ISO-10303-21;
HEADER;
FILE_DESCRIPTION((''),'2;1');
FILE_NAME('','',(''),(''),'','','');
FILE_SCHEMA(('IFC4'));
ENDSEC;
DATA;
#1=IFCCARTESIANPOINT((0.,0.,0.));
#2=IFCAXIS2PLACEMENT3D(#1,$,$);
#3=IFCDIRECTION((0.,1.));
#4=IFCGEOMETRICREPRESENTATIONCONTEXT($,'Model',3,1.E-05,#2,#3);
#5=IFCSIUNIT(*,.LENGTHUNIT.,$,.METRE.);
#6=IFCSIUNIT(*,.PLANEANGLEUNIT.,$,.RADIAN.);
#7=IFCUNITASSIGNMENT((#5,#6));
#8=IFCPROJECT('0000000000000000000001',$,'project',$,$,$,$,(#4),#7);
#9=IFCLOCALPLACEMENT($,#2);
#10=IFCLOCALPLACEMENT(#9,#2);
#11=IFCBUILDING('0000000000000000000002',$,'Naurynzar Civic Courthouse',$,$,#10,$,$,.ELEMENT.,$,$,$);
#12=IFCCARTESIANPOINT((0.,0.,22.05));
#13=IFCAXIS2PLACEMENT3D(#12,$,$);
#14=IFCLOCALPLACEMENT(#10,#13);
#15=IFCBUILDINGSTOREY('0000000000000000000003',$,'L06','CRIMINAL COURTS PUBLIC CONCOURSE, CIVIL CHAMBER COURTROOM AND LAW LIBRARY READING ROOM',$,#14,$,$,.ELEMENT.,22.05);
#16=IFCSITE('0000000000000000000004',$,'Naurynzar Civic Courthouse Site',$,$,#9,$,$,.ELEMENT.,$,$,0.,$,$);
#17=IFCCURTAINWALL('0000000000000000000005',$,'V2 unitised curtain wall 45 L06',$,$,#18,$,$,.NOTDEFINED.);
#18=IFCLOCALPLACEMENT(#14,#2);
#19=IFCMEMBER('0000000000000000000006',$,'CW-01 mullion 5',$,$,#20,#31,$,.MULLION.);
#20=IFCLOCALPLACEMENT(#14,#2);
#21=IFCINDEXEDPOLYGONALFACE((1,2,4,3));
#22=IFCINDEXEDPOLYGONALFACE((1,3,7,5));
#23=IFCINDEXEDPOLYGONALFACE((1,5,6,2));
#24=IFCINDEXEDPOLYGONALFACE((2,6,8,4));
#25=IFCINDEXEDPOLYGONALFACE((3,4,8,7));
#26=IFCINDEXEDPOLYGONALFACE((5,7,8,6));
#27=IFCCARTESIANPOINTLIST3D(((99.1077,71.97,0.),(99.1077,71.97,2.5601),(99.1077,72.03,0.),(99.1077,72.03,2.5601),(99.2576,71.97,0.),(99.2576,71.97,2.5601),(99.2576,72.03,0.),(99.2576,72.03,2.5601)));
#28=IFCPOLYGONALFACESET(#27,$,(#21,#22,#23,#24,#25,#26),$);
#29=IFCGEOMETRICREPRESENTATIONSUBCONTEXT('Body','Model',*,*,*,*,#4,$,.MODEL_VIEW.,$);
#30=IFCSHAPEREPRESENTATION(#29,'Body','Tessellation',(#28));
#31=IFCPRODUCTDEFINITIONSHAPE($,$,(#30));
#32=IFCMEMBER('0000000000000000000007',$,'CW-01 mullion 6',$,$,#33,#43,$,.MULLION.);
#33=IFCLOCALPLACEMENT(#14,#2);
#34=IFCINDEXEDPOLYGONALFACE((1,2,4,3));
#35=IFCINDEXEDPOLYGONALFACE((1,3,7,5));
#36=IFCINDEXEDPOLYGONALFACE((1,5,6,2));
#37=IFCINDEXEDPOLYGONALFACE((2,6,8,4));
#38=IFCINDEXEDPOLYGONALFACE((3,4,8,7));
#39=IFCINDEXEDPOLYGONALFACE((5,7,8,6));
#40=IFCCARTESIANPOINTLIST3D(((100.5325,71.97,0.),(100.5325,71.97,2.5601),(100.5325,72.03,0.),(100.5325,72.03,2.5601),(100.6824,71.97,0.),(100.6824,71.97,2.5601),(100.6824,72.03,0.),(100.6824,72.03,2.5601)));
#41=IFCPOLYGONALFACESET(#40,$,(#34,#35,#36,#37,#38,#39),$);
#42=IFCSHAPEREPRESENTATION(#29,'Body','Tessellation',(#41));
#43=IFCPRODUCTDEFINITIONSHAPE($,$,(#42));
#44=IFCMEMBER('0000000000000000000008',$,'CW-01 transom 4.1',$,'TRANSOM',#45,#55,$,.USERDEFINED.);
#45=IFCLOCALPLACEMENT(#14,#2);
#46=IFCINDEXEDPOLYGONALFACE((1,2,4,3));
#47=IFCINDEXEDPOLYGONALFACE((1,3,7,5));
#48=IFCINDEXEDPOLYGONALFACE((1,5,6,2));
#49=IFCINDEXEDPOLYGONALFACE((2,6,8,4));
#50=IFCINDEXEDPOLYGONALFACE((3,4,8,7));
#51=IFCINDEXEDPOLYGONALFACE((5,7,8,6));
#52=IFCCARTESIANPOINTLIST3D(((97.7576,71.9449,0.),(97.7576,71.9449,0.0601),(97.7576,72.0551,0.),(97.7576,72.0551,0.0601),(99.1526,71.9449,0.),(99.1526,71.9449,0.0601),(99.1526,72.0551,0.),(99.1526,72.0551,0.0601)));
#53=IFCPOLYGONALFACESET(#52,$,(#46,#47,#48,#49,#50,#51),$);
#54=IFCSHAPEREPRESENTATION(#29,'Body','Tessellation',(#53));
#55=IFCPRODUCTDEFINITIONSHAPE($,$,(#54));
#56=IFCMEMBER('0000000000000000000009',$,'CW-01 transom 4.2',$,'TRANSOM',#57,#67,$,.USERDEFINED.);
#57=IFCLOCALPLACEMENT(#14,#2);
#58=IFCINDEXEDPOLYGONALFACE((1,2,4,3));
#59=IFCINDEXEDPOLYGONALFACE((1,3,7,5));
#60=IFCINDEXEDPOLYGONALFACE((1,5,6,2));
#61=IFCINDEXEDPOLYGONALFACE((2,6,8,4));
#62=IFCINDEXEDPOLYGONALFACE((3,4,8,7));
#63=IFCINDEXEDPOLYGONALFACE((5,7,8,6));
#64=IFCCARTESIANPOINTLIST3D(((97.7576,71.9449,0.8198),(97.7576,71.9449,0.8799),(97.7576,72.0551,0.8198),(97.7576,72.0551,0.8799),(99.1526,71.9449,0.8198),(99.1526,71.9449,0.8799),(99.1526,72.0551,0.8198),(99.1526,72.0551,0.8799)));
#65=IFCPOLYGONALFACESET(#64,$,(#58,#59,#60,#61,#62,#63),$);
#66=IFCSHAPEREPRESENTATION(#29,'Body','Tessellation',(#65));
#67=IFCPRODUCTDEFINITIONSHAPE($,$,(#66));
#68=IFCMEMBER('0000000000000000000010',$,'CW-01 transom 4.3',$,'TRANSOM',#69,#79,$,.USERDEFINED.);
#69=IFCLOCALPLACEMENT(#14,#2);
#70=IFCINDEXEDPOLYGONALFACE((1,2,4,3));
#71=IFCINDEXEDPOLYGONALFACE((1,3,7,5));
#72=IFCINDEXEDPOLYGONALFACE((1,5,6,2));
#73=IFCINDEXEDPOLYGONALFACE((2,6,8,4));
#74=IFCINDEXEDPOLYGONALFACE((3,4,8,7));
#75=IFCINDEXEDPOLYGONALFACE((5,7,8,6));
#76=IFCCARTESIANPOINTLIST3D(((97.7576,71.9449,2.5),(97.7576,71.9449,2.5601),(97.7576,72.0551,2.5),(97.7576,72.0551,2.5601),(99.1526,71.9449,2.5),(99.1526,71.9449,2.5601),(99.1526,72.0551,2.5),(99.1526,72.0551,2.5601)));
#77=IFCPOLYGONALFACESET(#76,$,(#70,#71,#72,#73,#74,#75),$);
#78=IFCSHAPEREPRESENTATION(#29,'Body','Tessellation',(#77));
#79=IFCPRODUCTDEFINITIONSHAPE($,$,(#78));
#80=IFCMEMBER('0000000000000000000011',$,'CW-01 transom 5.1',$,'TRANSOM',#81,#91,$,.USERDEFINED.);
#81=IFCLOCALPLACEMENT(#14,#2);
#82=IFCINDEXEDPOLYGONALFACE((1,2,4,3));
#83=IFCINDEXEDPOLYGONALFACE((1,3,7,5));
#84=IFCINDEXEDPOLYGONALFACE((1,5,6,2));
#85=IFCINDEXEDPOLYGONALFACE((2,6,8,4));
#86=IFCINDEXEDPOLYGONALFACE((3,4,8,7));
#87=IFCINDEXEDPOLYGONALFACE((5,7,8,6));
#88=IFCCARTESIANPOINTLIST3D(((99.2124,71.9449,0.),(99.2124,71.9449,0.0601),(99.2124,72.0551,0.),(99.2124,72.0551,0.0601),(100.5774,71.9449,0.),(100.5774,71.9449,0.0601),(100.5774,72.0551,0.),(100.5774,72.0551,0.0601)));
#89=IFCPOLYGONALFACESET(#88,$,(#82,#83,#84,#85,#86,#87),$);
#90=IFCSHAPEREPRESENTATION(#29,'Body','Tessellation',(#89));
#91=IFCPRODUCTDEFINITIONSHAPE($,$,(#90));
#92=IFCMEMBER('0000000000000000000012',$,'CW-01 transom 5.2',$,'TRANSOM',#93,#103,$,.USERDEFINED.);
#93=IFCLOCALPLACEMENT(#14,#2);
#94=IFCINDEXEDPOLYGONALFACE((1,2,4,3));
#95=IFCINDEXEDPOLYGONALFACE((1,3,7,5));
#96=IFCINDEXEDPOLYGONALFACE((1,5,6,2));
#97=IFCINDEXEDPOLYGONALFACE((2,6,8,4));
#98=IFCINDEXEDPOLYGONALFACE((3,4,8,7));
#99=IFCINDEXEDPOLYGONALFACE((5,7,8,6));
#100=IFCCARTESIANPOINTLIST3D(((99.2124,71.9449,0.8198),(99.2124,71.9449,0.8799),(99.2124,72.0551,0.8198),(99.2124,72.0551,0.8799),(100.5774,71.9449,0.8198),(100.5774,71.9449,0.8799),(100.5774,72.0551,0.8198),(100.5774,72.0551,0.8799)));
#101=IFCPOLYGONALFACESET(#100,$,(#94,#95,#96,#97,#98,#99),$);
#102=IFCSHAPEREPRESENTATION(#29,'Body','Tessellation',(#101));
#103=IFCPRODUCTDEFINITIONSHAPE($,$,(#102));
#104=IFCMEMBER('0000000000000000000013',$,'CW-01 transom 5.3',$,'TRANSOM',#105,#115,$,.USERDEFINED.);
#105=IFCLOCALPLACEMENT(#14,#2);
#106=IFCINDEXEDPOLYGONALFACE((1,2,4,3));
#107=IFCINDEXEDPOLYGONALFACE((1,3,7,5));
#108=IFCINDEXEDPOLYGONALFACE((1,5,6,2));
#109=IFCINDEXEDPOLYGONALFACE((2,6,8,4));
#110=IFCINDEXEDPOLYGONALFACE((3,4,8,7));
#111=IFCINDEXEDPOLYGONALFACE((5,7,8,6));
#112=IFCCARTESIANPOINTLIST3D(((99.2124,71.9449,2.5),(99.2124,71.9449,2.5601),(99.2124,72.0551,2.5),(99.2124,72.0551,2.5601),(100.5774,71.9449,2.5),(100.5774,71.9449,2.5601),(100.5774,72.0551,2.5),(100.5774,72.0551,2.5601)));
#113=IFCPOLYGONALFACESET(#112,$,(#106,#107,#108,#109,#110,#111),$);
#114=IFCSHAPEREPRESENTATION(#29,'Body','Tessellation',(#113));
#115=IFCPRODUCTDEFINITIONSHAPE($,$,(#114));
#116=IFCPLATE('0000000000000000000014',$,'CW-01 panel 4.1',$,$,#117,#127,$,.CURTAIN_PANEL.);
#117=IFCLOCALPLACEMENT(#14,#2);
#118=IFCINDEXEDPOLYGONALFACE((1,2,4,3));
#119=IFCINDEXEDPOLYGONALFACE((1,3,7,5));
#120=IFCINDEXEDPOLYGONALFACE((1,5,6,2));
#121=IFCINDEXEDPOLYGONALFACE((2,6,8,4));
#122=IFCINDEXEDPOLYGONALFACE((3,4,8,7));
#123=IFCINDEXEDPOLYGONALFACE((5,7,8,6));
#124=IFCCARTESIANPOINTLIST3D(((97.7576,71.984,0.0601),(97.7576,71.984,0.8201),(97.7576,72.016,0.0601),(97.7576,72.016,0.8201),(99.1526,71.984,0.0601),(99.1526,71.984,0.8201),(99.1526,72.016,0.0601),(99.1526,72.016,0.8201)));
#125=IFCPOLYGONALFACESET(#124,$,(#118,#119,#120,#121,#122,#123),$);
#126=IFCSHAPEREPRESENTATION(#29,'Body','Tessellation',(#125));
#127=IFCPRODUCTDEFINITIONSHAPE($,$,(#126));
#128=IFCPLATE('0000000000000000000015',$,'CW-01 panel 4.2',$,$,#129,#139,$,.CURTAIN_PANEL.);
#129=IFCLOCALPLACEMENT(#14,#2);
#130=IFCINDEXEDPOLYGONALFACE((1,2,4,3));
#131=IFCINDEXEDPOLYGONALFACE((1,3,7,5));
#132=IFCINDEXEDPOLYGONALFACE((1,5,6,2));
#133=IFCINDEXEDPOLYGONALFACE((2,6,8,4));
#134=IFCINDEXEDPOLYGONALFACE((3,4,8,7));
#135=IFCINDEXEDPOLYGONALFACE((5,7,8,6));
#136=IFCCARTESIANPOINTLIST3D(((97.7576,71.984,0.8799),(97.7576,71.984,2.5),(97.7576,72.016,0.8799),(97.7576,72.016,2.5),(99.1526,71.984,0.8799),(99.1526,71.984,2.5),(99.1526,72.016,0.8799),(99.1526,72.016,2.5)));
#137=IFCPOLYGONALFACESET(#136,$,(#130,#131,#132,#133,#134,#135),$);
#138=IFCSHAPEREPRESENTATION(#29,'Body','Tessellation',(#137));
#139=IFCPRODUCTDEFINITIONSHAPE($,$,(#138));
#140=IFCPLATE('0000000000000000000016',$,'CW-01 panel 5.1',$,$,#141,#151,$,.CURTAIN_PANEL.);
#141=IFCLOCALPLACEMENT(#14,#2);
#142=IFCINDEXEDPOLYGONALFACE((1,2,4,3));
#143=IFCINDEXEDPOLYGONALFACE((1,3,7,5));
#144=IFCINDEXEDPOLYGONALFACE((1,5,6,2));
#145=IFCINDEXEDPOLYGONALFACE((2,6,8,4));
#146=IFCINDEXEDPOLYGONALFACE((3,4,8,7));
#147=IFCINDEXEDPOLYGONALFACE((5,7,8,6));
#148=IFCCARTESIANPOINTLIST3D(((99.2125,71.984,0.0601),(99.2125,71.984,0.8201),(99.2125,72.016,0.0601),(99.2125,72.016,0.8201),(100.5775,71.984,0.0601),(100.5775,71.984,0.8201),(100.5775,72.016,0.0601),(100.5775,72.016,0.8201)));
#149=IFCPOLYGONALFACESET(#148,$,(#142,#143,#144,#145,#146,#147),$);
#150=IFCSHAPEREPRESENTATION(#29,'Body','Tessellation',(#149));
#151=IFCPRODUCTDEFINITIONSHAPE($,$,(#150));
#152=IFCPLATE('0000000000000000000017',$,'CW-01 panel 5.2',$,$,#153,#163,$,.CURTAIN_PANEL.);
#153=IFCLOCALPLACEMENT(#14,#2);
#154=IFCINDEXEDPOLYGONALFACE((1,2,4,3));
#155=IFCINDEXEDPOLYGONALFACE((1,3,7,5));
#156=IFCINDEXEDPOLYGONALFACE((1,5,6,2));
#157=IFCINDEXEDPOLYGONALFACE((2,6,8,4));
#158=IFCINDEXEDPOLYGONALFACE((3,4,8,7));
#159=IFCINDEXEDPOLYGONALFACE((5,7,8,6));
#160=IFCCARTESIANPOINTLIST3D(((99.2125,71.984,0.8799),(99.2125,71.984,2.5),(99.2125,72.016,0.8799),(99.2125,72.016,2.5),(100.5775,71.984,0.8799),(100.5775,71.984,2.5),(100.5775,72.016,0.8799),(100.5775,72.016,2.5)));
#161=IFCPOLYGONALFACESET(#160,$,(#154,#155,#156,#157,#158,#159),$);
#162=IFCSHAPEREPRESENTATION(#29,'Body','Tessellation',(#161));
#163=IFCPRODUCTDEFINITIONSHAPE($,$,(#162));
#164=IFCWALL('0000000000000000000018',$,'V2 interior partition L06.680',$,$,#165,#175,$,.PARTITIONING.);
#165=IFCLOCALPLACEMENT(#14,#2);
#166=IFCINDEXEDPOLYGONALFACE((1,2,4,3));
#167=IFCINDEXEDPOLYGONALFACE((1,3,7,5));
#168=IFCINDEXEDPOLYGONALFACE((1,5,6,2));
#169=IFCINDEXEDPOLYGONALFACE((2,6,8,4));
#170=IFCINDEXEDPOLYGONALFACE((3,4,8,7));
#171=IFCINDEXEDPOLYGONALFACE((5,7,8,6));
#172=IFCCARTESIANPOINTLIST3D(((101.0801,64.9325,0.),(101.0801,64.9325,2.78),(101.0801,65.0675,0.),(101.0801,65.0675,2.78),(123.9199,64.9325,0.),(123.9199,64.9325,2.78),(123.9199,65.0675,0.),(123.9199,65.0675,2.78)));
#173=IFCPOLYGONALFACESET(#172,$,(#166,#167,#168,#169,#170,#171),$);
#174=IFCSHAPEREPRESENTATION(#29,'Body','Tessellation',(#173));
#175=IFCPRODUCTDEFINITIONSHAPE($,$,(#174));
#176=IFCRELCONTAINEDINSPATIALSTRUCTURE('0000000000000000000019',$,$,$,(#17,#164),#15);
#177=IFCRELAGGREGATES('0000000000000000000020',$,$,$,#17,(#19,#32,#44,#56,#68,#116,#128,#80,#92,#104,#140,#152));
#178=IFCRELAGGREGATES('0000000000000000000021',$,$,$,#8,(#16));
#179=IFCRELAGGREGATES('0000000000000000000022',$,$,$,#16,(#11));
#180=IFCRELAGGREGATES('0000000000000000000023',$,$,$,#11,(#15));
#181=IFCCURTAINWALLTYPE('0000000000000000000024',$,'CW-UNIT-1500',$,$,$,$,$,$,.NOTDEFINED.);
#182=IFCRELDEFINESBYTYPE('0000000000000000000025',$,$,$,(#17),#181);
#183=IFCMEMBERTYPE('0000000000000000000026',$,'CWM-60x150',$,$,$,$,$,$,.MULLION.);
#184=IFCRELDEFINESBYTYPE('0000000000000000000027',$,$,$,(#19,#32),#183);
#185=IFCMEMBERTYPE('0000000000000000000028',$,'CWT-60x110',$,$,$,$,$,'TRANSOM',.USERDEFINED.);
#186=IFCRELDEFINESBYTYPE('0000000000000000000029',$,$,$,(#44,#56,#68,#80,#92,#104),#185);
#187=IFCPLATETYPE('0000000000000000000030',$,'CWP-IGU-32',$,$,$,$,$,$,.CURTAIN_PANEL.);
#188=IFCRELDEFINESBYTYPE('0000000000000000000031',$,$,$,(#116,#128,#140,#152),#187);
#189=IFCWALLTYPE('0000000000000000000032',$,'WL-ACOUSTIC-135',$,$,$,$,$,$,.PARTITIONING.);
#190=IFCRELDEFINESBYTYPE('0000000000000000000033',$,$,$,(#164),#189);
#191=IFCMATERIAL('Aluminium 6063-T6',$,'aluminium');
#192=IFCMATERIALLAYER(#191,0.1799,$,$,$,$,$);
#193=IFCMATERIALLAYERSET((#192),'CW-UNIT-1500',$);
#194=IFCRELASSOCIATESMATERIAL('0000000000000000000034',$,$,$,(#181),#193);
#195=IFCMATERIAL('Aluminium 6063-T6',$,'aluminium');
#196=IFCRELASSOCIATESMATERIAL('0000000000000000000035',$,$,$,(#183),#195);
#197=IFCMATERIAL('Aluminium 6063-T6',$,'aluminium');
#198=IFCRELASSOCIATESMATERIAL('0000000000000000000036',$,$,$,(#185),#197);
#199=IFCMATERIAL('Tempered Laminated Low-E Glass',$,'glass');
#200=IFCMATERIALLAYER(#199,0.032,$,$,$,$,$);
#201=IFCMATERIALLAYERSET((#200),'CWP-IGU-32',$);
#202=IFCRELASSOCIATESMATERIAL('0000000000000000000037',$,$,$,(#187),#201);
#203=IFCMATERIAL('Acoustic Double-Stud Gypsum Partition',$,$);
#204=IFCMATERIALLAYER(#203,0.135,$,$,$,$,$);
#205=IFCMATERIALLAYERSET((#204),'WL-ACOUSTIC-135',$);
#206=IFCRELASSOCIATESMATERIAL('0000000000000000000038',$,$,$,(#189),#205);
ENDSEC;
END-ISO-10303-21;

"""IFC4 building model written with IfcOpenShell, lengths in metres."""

from ifc_helpers import new_model, si_unit, direction, frame, frame_2d, origin, origin_2d, place, context, subcontext, project, spatial, rectangle, extrude, material, layer, layer_set, material_profile, profile_set, type_object, element, aggregate, save


model = new_model("IFC4")

# Units and contexts
model_context = context("Model", 3, precision=1e-05, world=origin(), true_north=direction((0.0, 1.0)))
body_context = subcontext(model_context, "Body", "Model", "MODEL_VIEW")
ifc_project = project(units=[si_unit("LENGTHUNIT", "METRE"), si_unit("PLANEANGLEUNIT", "RADIAN")], contexts=[model_context])

# Site, building, storey
site_placement = place(None, origin())
site = spatial("IfcSite", under=ifc_project, at=site_placement, Name="Naurynzar Civic Courthouse Site", CompositionType="ELEMENT", RefElevation=0.0)
building_placement = place(site_placement, origin())
building = spatial("IfcBuilding", under=site, at=building_placement, Name="Naurynzar Civic Courthouse", CompositionType="ELEMENT")
storey_placement = place(building_placement, frame((0.0, 0.0, 22.05)))
storey = spatial("IfcBuildingStorey", under=building, at=storey_placement, Name="L06", Description="CRIMINAL COURTS PUBLIC CONCOURSE, CIVIL CHAMBER COURTROOM AND LAW LIBRARY READING ROOM", CompositionType="ELEMENT", Elevation=22.05)

# Curtain wall, members, plates
ifc_material_1 = material(Name="Aluminium 6063-T6", Category="aluminium")
ifc_layer_1 = layer(ifc_material_1, 0.1799)
ifc_layer_set_1 = layer_set([ifc_layer_1], Name="CW-UNIT-1500")
curtain_wall_type = type_object("IfcCurtainWallType", Name="CW-UNIT-1500", PredefinedType="NOTDEFINED", material=ifc_layer_set_1)
curtain_wall_placement = place(storey_placement, origin())
curtain_wall = element("IfcCurtainWall", 1, at=curtain_wall_placement, inside=storey, type_object=curtain_wall_type, Name="V2 unitised curtain wall 45 L06", PredefinedType="NOTDEFINED")
ifc_material_2 = material(Name="Aluminium 6063-T6", Category="aluminium")
ifc_material_profile_1 = material_profile(ifc_material_2, rectangle(XDim=0.0601, YDim=0.1499, at=origin_2d()), Name="ALU MULLION 60x150")
ifc_profile_set_1 = profile_set([ifc_material_profile_1], Name="Aluminium 6063-T6")
member_type_1 = type_object("IfcMemberType", Name="CWM-60x150", PredefinedType="MULLION", material=ifc_profile_set_1)
member_1_placement = place(storey_placement, frame((99.1826, 72.0, 0.0), z_axis=(0.0, 0.0, 1.0), x_axis=(0.0, 1.0, 0.0)))
member_1 = element("IfcMember", 2, at=member_1_placement, type_object=member_type_1, Name="CW-01 mullion 5", PredefinedType="MULLION", context=body_context, shape_type="SweptSolid", body=[
    extrude(rectangle(XDim=0.0601, YDim=0.1499, at=origin_2d()), origin(), (0.0, 0.0, 1.0), 2.5601),
])
member_2_placement = place(storey_placement, frame((100.6074, 72.0, 0.0), z_axis=(0.0, 0.0, 1.0), x_axis=(0.0, 1.0, 0.0)))
member_2 = element("IfcMember", 3, at=member_2_placement, type_object=member_type_1, Name="CW-01 mullion 6", PredefinedType="MULLION", context=body_context, shape_type="SweptSolid", body=[
    extrude(rectangle(XDim=0.0601, YDim=0.1499, at=origin_2d()), origin(), (0.0, 0.0, 1.0), 2.5601),
])
ifc_material_3 = material(Name="Aluminium 6063-T6", Category="aluminium")
ifc_material_profile_2 = material_profile(ifc_material_3, rectangle(XDim=0.1101, YDim=0.0601, at=origin_2d()), Name="ALU TRANSOM 60x110")
ifc_profile_set_2 = profile_set([ifc_material_profile_2], Name="Aluminium 6063-T6")
member_type_2 = type_object("IfcMemberType", Name="CWT-60x110", ElementType="TRANSOM", PredefinedType="USERDEFINED", material=ifc_profile_set_2)
member_3_placement = place(storey_placement, frame((97.7576, 72.0, 0.03), z_axis=(1.0, 0.0, 0.0), x_axis=(0.0, 1.0, 0.0)))
member_3 = element("IfcMember", 4, at=member_3_placement, type_object=member_type_2, Name="CW-01 transom 4.1", ObjectType="TRANSOM", PredefinedType="USERDEFINED", context=body_context, shape_type="SweptSolid", body=[
    extrude(rectangle(XDim=0.1101, YDim=0.0601, at=origin_2d()), origin(), (0.0, 0.0, 1.0), 1.395),
])
member_4_placement = place(storey_placement, frame((97.7576, 72.0, 0.8499), z_axis=(1.0, 0.0, 0.0), x_axis=(0.0, 1.0, 0.0)))
member_4 = element("IfcMember", 5, at=member_4_placement, type_object=member_type_2, Name="CW-01 transom 4.2", ObjectType="TRANSOM", PredefinedType="USERDEFINED", context=body_context, shape_type="SweptSolid", body=[
    extrude(rectangle(XDim=0.1101, YDim=0.0601, at=origin_2d()), origin(), (0.0, 0.0, 1.0), 1.395),
])
member_5_placement = place(storey_placement, frame((97.7576, 72.0, 2.53), z_axis=(1.0, 0.0, 0.0), x_axis=(0.0, 1.0, 0.0)))
member_5 = element("IfcMember", 6, at=member_5_placement, type_object=member_type_2, Name="CW-01 transom 4.3", ObjectType="TRANSOM", PredefinedType="USERDEFINED", context=body_context, shape_type="SweptSolid", body=[
    extrude(rectangle(XDim=0.1101, YDim=0.0601, at=origin_2d()), origin(), (0.0, 0.0, 1.0), 1.395),
])
member_6_placement = place(storey_placement, frame((99.2124, 72.0, 0.03), z_axis=(1.0, 0.0, 0.0), x_axis=(0.0, 1.0, 0.0)))
member_6 = element("IfcMember", 7, at=member_6_placement, type_object=member_type_2, Name="CW-01 transom 5.1", ObjectType="TRANSOM", PredefinedType="USERDEFINED", context=body_context, shape_type="SweptSolid", body=[
    extrude(rectangle(XDim=0.1101, YDim=0.0601, at=origin_2d()), origin(), (0.0, 0.0, 1.0), 1.365),
])
member_7_placement = place(storey_placement, frame((99.2124, 72.0, 0.8499), z_axis=(1.0, 0.0, 0.0), x_axis=(0.0, 1.0, 0.0)))
member_7 = element("IfcMember", 8, at=member_7_placement, type_object=member_type_2, Name="CW-01 transom 5.2", ObjectType="TRANSOM", PredefinedType="USERDEFINED", context=body_context, shape_type="SweptSolid", body=[
    extrude(rectangle(XDim=0.1101, YDim=0.0601, at=origin_2d()), origin(), (0.0, 0.0, 1.0), 1.365),
])
member_8_placement = place(storey_placement, frame((99.2124, 72.0, 2.53), z_axis=(1.0, 0.0, 0.0), x_axis=(0.0, 1.0, 0.0)))
member_8 = element("IfcMember", 9, at=member_8_placement, type_object=member_type_2, Name="CW-01 transom 5.3", ObjectType="TRANSOM", PredefinedType="USERDEFINED", context=body_context, shape_type="SweptSolid", body=[
    extrude(rectangle(XDim=0.1101, YDim=0.0601, at=origin_2d()), origin(), (0.0, 0.0, 1.0), 1.365),
])
ifc_material_4 = material(Name="Tempered Laminated Low-E Glass", Category="glass")
ifc_layer_2 = layer(ifc_material_4, 0.032)
ifc_layer_set_2 = layer_set([ifc_layer_2], Name="CWP-IGU-32")
plate_type = type_object("IfcPlateType", Name="CWP-IGU-32", PredefinedType="CURTAIN_PANEL", material=ifc_layer_set_2)
plate_1_placement = place(storey_placement, frame((98.4551, 72.0, 0.0601), z_axis=(0.0, 0.0, 1.0), x_axis=(1.0, 0.0, 0.0)))
plate_1 = element("IfcPlate", 10, at=plate_1_placement, type_object=plate_type, Name="CW-01 panel 4.1", PredefinedType="CURTAIN_PANEL", context=body_context, shape_type="SweptSolid", body=[
    extrude(rectangle(XDim=1.395, YDim=0.032, at=origin_2d()), origin(), (0.0, 0.0, 1.0), 0.76),
])
plate_2_placement = place(storey_placement, frame((98.4551, 72.0, 0.8799), z_axis=(0.0, 0.0, 1.0), x_axis=(1.0, 0.0, 0.0)))
plate_2 = element("IfcPlate", 11, at=plate_2_placement, type_object=plate_type, Name="CW-01 panel 4.2", PredefinedType="CURTAIN_PANEL", context=body_context, shape_type="SweptSolid", body=[
    extrude(rectangle(XDim=1.395, YDim=0.032, at=origin_2d()), origin(), (0.0, 0.0, 1.0), 1.6201),
])
plate_3_placement = place(storey_placement, frame((99.895, 72.0, 0.0601), z_axis=(0.0, 0.0, 1.0), x_axis=(1.0, 0.0, 0.0)))
plate_3 = element("IfcPlate", 12, at=plate_3_placement, type_object=plate_type, Name="CW-01 panel 5.1", PredefinedType="CURTAIN_PANEL", context=body_context, shape_type="SweptSolid", body=[
    extrude(rectangle(XDim=1.365, YDim=0.032, at=origin_2d()), origin(), (0.0, 0.0, 1.0), 0.76),
])
plate_4_placement = place(storey_placement, frame((99.895, 72.0, 0.8799), z_axis=(0.0, 0.0, 1.0), x_axis=(1.0, 0.0, 0.0)))
plate_4 = element("IfcPlate", 13, at=plate_4_placement, type_object=plate_type, Name="CW-01 panel 5.2", PredefinedType="CURTAIN_PANEL", context=body_context, shape_type="SweptSolid", body=[
    extrude(rectangle(XDim=1.365, YDim=0.032, at=origin_2d()), origin(), (0.0, 0.0, 1.0), 1.6201),
])
aggregate(curtain_wall, [member_1, member_2, member_3, member_4, member_5, plate_1, plate_2, member_6, member_7, member_8, plate_3, plate_4])

# Wall
ifc_material_5 = material(Name="Acoustic Double-Stud Gypsum Partition")
ifc_layer_3 = layer(ifc_material_5, 0.135)
ifc_layer_set_3 = layer_set([ifc_layer_3], Name="WL-ACOUSTIC-135")
wall_type_1 = type_object("IfcWallType", Name="WL-ACOUSTIC-135", PredefinedType="PARTITIONING", material=ifc_layer_set_3)
wall_1_placement = place(storey_placement, frame((101.0801, 65.0, 0.0), z_axis=(0.0, 0.0, 1.0), x_axis=(1.0, 0.0, 0.0)))
element("IfcWall", 14, at=wall_1_placement, inside=storey, type_object=wall_type_1, Name="V2 interior partition L06.680", PredefinedType="PARTITIONING", context=body_context, shape_type="SweptSolid", body=[
    extrude(rectangle(XDim=22.8398, YDim=0.135, at=frame_2d((11.4199, 0.0))), origin(), (0.0, 0.0, 1.0), 2.78),
])

save(model, "model.ifc")
